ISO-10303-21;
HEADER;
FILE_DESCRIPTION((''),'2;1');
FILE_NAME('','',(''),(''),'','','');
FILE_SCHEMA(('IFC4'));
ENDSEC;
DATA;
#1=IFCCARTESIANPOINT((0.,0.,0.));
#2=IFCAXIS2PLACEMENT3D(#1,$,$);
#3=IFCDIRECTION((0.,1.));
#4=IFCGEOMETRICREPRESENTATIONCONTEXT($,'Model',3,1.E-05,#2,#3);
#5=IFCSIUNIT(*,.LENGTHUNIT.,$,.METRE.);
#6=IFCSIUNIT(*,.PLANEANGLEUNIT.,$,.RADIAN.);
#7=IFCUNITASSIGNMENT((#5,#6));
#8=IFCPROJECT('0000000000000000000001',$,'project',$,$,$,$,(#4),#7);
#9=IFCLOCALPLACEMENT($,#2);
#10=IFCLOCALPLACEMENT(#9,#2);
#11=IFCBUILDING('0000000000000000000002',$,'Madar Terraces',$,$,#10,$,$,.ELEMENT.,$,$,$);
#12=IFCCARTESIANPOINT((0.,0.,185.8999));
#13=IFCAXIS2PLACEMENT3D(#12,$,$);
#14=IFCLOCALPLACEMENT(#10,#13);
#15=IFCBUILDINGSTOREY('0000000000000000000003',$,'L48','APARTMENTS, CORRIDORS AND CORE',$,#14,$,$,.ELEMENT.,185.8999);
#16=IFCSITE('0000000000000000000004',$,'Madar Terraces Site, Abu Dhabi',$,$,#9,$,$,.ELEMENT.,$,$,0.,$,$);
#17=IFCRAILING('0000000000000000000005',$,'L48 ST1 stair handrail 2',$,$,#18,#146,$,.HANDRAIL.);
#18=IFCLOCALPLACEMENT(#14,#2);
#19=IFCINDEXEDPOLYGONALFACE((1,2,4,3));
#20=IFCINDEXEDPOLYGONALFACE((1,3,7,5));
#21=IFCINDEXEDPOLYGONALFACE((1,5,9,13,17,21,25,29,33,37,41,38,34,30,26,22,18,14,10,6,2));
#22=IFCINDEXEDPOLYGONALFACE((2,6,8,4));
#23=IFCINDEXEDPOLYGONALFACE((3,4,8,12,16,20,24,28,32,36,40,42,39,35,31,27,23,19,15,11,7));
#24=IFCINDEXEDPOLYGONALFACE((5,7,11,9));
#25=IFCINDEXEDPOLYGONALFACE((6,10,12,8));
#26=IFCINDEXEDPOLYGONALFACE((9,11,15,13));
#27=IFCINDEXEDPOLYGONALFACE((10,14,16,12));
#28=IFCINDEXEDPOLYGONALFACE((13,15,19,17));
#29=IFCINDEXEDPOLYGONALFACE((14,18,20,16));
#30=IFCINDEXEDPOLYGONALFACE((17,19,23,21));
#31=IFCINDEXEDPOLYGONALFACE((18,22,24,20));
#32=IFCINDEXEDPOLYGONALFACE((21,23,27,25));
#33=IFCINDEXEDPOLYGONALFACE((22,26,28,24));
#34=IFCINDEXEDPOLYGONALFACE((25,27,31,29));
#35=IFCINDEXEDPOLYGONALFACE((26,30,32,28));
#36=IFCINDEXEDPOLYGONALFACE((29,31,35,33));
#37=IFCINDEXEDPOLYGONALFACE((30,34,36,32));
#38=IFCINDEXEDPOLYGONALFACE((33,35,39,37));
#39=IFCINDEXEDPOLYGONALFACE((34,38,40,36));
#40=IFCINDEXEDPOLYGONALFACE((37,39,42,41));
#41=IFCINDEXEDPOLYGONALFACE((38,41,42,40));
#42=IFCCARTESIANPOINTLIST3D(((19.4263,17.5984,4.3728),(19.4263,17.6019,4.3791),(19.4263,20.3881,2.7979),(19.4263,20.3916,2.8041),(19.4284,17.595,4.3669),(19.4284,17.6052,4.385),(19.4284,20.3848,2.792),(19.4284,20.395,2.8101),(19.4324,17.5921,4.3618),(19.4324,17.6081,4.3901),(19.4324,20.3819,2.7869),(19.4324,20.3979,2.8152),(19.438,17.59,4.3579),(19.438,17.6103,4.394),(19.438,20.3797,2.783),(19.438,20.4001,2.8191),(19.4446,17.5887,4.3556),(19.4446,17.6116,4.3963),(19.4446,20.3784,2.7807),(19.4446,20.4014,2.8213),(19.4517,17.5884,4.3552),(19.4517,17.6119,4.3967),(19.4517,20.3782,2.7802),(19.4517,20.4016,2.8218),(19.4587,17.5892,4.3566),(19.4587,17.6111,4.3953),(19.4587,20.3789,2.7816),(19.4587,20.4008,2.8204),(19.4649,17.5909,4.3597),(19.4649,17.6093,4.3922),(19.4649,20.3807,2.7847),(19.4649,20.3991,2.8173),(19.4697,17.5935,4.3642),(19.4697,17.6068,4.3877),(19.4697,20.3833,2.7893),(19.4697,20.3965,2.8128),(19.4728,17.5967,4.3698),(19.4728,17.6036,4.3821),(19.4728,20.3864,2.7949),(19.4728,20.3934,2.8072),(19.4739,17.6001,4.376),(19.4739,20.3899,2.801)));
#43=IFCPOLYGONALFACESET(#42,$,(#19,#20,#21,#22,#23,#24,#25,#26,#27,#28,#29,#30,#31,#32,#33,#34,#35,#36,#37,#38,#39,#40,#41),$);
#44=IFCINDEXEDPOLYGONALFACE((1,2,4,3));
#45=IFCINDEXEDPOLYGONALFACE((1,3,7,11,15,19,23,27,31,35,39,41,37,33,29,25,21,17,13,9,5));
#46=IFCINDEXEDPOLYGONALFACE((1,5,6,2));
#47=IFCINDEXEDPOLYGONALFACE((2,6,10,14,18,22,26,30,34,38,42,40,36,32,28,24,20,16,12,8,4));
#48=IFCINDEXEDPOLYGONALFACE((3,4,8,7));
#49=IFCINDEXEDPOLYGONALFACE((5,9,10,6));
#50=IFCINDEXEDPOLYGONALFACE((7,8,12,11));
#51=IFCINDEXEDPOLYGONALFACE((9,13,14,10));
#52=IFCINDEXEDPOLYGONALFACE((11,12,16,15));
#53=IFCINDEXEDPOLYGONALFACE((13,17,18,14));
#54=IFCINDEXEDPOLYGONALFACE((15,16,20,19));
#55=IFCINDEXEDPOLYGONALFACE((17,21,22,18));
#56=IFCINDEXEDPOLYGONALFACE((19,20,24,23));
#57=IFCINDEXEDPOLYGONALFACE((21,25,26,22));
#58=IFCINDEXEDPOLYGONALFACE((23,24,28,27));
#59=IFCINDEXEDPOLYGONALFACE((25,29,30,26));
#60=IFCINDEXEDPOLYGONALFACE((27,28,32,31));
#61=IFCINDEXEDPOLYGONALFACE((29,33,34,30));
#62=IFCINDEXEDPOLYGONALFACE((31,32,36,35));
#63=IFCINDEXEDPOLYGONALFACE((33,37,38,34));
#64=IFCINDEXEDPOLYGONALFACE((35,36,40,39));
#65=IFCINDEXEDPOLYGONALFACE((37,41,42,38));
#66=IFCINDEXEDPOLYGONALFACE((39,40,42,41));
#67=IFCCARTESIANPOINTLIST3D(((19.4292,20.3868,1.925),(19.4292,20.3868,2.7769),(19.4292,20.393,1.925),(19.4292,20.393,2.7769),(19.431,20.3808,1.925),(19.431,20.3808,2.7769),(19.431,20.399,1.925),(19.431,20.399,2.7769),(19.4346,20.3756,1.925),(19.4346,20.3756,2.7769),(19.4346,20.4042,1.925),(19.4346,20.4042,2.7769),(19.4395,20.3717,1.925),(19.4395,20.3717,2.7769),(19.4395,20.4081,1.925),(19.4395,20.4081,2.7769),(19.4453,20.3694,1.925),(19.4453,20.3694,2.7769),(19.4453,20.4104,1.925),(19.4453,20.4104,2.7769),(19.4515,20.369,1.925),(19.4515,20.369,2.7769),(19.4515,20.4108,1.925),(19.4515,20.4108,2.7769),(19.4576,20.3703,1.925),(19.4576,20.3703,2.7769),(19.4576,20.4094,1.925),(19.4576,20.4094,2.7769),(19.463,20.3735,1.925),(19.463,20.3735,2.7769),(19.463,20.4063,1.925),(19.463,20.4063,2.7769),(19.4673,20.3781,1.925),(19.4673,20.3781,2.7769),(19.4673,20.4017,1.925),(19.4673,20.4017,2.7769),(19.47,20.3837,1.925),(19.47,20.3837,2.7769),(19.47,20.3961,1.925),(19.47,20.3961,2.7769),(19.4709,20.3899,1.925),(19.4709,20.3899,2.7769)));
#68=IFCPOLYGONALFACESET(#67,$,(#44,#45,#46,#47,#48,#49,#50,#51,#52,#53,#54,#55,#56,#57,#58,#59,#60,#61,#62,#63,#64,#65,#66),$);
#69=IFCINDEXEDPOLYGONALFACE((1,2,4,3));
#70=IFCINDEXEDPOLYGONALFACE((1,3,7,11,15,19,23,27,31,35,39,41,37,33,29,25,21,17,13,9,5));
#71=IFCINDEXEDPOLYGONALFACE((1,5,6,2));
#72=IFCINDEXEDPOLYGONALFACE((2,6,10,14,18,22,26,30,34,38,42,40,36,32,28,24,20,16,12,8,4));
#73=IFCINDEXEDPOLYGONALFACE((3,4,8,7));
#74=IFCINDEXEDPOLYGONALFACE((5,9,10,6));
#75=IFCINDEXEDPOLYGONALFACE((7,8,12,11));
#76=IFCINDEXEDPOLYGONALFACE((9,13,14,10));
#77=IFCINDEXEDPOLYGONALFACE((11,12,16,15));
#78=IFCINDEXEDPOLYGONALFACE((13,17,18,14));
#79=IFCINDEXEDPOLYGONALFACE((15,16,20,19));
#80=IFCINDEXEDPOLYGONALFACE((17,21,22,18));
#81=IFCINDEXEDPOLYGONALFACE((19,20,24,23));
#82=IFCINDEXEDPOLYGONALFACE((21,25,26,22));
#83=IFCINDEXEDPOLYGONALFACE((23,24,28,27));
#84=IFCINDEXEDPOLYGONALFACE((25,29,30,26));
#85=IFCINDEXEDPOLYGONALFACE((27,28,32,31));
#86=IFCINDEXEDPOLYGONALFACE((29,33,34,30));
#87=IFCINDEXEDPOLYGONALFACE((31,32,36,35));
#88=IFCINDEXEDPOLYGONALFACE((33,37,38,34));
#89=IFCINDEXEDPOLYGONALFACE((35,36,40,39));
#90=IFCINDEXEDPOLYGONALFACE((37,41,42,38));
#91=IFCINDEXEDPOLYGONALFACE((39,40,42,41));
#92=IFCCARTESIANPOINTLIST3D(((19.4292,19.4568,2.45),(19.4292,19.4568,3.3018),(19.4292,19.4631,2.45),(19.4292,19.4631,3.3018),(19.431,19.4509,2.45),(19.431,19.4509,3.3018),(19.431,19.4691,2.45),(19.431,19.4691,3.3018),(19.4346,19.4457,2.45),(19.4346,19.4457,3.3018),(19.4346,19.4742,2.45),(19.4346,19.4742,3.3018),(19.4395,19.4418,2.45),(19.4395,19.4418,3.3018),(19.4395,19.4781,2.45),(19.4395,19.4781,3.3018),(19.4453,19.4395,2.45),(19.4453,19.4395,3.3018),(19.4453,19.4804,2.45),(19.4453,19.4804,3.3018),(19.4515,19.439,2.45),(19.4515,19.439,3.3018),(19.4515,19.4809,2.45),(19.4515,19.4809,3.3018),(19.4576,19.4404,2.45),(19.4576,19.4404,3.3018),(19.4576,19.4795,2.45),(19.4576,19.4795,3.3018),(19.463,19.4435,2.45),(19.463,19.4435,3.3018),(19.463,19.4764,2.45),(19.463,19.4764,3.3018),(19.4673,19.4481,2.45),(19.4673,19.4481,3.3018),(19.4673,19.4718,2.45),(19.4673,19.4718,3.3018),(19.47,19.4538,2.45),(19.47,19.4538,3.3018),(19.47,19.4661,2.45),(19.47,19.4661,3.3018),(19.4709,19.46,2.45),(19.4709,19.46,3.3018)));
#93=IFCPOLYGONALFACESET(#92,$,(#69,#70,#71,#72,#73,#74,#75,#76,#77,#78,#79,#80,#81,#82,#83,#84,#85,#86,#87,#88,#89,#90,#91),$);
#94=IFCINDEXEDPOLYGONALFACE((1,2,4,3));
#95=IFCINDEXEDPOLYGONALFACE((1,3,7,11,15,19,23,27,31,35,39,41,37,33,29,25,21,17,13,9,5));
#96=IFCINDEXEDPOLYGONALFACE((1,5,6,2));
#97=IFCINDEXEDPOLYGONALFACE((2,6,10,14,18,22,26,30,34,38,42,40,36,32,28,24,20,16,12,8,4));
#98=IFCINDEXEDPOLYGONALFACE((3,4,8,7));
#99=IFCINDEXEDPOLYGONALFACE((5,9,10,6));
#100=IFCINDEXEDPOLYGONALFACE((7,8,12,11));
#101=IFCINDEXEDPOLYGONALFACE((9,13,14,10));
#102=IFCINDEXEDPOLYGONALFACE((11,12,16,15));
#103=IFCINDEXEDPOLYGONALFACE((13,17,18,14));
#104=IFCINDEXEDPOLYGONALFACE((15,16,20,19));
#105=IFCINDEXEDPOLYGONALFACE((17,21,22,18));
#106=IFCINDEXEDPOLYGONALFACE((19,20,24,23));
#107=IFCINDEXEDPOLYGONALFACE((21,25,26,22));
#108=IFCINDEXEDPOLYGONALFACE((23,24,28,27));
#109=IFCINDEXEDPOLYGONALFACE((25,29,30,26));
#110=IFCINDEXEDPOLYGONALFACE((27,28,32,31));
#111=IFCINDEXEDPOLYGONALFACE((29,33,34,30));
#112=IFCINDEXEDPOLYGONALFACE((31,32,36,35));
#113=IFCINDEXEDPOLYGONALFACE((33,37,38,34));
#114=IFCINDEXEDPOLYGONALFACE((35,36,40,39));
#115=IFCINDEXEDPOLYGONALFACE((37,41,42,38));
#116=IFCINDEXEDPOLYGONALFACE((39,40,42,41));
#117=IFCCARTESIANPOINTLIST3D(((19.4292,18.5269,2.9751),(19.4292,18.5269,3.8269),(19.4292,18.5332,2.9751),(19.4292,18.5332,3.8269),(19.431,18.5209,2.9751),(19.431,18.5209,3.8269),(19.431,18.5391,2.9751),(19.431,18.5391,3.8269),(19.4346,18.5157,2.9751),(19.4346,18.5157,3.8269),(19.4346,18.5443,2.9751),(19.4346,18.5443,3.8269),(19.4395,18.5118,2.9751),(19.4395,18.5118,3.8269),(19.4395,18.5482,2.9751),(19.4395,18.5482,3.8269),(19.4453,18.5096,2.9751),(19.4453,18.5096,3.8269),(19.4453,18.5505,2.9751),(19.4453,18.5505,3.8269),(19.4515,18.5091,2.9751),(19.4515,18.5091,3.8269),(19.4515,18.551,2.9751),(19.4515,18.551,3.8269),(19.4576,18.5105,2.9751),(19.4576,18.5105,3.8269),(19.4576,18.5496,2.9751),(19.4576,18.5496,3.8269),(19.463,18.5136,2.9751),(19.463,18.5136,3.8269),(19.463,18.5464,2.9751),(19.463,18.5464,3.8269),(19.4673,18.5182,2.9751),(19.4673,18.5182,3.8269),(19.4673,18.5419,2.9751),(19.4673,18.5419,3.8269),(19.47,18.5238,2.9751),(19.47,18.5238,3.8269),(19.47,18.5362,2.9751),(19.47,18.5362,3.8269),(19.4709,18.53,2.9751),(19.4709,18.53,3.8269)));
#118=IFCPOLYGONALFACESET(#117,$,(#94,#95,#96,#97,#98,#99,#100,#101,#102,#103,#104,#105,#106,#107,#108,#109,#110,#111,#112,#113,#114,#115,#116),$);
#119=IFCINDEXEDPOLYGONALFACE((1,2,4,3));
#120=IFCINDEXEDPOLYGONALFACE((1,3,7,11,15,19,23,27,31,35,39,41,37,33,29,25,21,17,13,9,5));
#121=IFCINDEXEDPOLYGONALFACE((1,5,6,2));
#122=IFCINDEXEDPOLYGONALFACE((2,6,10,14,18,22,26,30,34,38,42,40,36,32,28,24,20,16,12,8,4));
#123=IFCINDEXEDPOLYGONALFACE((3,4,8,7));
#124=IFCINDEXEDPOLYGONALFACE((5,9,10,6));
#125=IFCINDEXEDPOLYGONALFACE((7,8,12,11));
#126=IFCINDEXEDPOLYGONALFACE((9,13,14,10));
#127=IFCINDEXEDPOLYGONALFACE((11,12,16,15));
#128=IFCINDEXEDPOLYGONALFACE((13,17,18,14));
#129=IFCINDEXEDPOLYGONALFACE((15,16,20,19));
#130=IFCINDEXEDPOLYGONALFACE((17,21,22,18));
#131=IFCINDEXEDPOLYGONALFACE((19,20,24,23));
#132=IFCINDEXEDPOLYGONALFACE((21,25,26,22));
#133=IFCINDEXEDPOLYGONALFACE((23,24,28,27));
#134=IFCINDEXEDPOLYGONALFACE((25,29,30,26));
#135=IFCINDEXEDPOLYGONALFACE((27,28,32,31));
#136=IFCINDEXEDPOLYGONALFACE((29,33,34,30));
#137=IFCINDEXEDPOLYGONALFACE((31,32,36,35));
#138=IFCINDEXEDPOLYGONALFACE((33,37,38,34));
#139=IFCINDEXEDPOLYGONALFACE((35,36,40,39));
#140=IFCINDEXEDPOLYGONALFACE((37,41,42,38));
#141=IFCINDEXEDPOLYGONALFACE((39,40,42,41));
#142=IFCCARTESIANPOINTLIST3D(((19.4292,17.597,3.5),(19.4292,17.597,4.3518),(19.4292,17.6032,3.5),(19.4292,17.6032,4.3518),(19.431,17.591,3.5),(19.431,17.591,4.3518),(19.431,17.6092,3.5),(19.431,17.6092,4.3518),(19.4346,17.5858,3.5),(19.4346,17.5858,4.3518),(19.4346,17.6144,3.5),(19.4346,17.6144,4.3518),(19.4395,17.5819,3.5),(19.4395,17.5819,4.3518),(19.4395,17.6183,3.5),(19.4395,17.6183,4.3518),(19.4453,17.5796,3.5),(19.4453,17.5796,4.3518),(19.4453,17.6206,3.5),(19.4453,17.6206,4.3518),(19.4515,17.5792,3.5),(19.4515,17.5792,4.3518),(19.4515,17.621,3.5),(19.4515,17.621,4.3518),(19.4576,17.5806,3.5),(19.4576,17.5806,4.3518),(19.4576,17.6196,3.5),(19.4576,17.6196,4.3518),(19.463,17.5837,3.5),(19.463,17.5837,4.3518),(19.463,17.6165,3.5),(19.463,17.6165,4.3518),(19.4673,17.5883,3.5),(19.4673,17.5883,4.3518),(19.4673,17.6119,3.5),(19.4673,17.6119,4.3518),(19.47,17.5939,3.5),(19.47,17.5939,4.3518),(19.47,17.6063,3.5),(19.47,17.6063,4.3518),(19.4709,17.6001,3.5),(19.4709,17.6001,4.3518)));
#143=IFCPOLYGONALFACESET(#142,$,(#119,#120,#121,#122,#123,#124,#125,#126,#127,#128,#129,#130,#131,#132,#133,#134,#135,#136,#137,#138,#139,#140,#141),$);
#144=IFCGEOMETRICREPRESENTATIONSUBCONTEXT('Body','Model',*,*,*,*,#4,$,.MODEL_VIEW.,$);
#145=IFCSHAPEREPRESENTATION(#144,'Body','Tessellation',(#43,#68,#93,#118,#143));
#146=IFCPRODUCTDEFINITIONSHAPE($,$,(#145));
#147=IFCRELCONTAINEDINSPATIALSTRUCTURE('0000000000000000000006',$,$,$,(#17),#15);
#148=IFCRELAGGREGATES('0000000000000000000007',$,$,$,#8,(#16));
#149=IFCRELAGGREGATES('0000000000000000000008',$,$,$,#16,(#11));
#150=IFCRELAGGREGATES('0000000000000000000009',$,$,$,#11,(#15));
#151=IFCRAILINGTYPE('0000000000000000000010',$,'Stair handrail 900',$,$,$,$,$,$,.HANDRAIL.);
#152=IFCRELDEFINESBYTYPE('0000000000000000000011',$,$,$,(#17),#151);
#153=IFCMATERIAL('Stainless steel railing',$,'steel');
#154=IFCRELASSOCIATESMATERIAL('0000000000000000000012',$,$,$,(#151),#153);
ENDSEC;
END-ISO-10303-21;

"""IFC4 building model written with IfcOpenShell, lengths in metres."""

from ifc_helpers import new_model, si_unit, direction, frame, origin, origin_2d, place, context, subcontext, project, spatial, circle, extrude, material, type_object, element, save


model = new_model("IFC4")

# Units and contexts
model_context = context("Model", 3, precision=1e-05, world=origin(), true_north=direction((0.0, 1.0)))
body_context = subcontext(model_context, "Body", "Model", "MODEL_VIEW")
ifc_project = project(units=[si_unit("LENGTHUNIT", "METRE"), si_unit("PLANEANGLEUNIT", "RADIAN")], contexts=[model_context])

# Site, building, storey
site_placement = place(None, origin())
site = spatial("IfcSite", under=ifc_project, at=site_placement, Name="Madar Terraces Site, Abu Dhabi", CompositionType="ELEMENT", RefElevation=0.0)
building_placement = place(site_placement, origin())
building = spatial("IfcBuilding", under=site, at=building_placement, Name="Madar Terraces", CompositionType="ELEMENT")
storey_placement = place(building_placement, frame((0.0, 0.0, 185.8999)))
storey = spatial("IfcBuildingStorey", under=building, at=storey_placement, Name="L48", Description="APARTMENTS, CORRIDORS AND CORE", CompositionType="ELEMENT", Elevation=185.8999)

# Railing
ifc_material_1 = material(Name="Stainless steel railing", Category="steel")
railing_type_1 = type_object("IfcRailingType", Name="Stair handrail 900", PredefinedType="HANDRAIL", material=ifc_material_1)
railing_1_placement = place(storey_placement, frame((19.45, 20.3899, 1.925)))
element("IfcRailing", 1, at=railing_1_placement, inside=storey, type_object=railing_type_1, Name="L48 ST1 stair handrail 2", PredefinedType="HANDRAIL", context=body_context, shape_type="SweptSolid", body=[
    extrude(circle(Radius=0.0239, at=origin_2d()), frame((0.0, 0.0, 0.876), z_axis=(0.0, -0.870815, 0.49161), x_axis=(1.0, 0.0, 0.0)), (0.0, 0.0, 1.0), 3.2036),
    extrude(circle(Radius=0.021, at=origin_2d()), origin(), (0.0, 0.0, 1.0), 0.8518),
    extrude(circle(Radius=0.021, at=origin_2d()), frame((0.0, -0.9299, 0.5249)), (0.0, 0.0, 1.0), 0.8518),
    extrude(circle(Radius=0.021, at=origin_2d()), frame((0.0, -1.8599, 1.05)), (0.0, 0.0, 1.0), 0.8518),
    extrude(circle(Radius=0.021, at=origin_2d()), frame((0.0, -2.7898, 1.575)), (0.0, 0.0, 1.0), 0.8518),
])

save(model, "model.ifc")
